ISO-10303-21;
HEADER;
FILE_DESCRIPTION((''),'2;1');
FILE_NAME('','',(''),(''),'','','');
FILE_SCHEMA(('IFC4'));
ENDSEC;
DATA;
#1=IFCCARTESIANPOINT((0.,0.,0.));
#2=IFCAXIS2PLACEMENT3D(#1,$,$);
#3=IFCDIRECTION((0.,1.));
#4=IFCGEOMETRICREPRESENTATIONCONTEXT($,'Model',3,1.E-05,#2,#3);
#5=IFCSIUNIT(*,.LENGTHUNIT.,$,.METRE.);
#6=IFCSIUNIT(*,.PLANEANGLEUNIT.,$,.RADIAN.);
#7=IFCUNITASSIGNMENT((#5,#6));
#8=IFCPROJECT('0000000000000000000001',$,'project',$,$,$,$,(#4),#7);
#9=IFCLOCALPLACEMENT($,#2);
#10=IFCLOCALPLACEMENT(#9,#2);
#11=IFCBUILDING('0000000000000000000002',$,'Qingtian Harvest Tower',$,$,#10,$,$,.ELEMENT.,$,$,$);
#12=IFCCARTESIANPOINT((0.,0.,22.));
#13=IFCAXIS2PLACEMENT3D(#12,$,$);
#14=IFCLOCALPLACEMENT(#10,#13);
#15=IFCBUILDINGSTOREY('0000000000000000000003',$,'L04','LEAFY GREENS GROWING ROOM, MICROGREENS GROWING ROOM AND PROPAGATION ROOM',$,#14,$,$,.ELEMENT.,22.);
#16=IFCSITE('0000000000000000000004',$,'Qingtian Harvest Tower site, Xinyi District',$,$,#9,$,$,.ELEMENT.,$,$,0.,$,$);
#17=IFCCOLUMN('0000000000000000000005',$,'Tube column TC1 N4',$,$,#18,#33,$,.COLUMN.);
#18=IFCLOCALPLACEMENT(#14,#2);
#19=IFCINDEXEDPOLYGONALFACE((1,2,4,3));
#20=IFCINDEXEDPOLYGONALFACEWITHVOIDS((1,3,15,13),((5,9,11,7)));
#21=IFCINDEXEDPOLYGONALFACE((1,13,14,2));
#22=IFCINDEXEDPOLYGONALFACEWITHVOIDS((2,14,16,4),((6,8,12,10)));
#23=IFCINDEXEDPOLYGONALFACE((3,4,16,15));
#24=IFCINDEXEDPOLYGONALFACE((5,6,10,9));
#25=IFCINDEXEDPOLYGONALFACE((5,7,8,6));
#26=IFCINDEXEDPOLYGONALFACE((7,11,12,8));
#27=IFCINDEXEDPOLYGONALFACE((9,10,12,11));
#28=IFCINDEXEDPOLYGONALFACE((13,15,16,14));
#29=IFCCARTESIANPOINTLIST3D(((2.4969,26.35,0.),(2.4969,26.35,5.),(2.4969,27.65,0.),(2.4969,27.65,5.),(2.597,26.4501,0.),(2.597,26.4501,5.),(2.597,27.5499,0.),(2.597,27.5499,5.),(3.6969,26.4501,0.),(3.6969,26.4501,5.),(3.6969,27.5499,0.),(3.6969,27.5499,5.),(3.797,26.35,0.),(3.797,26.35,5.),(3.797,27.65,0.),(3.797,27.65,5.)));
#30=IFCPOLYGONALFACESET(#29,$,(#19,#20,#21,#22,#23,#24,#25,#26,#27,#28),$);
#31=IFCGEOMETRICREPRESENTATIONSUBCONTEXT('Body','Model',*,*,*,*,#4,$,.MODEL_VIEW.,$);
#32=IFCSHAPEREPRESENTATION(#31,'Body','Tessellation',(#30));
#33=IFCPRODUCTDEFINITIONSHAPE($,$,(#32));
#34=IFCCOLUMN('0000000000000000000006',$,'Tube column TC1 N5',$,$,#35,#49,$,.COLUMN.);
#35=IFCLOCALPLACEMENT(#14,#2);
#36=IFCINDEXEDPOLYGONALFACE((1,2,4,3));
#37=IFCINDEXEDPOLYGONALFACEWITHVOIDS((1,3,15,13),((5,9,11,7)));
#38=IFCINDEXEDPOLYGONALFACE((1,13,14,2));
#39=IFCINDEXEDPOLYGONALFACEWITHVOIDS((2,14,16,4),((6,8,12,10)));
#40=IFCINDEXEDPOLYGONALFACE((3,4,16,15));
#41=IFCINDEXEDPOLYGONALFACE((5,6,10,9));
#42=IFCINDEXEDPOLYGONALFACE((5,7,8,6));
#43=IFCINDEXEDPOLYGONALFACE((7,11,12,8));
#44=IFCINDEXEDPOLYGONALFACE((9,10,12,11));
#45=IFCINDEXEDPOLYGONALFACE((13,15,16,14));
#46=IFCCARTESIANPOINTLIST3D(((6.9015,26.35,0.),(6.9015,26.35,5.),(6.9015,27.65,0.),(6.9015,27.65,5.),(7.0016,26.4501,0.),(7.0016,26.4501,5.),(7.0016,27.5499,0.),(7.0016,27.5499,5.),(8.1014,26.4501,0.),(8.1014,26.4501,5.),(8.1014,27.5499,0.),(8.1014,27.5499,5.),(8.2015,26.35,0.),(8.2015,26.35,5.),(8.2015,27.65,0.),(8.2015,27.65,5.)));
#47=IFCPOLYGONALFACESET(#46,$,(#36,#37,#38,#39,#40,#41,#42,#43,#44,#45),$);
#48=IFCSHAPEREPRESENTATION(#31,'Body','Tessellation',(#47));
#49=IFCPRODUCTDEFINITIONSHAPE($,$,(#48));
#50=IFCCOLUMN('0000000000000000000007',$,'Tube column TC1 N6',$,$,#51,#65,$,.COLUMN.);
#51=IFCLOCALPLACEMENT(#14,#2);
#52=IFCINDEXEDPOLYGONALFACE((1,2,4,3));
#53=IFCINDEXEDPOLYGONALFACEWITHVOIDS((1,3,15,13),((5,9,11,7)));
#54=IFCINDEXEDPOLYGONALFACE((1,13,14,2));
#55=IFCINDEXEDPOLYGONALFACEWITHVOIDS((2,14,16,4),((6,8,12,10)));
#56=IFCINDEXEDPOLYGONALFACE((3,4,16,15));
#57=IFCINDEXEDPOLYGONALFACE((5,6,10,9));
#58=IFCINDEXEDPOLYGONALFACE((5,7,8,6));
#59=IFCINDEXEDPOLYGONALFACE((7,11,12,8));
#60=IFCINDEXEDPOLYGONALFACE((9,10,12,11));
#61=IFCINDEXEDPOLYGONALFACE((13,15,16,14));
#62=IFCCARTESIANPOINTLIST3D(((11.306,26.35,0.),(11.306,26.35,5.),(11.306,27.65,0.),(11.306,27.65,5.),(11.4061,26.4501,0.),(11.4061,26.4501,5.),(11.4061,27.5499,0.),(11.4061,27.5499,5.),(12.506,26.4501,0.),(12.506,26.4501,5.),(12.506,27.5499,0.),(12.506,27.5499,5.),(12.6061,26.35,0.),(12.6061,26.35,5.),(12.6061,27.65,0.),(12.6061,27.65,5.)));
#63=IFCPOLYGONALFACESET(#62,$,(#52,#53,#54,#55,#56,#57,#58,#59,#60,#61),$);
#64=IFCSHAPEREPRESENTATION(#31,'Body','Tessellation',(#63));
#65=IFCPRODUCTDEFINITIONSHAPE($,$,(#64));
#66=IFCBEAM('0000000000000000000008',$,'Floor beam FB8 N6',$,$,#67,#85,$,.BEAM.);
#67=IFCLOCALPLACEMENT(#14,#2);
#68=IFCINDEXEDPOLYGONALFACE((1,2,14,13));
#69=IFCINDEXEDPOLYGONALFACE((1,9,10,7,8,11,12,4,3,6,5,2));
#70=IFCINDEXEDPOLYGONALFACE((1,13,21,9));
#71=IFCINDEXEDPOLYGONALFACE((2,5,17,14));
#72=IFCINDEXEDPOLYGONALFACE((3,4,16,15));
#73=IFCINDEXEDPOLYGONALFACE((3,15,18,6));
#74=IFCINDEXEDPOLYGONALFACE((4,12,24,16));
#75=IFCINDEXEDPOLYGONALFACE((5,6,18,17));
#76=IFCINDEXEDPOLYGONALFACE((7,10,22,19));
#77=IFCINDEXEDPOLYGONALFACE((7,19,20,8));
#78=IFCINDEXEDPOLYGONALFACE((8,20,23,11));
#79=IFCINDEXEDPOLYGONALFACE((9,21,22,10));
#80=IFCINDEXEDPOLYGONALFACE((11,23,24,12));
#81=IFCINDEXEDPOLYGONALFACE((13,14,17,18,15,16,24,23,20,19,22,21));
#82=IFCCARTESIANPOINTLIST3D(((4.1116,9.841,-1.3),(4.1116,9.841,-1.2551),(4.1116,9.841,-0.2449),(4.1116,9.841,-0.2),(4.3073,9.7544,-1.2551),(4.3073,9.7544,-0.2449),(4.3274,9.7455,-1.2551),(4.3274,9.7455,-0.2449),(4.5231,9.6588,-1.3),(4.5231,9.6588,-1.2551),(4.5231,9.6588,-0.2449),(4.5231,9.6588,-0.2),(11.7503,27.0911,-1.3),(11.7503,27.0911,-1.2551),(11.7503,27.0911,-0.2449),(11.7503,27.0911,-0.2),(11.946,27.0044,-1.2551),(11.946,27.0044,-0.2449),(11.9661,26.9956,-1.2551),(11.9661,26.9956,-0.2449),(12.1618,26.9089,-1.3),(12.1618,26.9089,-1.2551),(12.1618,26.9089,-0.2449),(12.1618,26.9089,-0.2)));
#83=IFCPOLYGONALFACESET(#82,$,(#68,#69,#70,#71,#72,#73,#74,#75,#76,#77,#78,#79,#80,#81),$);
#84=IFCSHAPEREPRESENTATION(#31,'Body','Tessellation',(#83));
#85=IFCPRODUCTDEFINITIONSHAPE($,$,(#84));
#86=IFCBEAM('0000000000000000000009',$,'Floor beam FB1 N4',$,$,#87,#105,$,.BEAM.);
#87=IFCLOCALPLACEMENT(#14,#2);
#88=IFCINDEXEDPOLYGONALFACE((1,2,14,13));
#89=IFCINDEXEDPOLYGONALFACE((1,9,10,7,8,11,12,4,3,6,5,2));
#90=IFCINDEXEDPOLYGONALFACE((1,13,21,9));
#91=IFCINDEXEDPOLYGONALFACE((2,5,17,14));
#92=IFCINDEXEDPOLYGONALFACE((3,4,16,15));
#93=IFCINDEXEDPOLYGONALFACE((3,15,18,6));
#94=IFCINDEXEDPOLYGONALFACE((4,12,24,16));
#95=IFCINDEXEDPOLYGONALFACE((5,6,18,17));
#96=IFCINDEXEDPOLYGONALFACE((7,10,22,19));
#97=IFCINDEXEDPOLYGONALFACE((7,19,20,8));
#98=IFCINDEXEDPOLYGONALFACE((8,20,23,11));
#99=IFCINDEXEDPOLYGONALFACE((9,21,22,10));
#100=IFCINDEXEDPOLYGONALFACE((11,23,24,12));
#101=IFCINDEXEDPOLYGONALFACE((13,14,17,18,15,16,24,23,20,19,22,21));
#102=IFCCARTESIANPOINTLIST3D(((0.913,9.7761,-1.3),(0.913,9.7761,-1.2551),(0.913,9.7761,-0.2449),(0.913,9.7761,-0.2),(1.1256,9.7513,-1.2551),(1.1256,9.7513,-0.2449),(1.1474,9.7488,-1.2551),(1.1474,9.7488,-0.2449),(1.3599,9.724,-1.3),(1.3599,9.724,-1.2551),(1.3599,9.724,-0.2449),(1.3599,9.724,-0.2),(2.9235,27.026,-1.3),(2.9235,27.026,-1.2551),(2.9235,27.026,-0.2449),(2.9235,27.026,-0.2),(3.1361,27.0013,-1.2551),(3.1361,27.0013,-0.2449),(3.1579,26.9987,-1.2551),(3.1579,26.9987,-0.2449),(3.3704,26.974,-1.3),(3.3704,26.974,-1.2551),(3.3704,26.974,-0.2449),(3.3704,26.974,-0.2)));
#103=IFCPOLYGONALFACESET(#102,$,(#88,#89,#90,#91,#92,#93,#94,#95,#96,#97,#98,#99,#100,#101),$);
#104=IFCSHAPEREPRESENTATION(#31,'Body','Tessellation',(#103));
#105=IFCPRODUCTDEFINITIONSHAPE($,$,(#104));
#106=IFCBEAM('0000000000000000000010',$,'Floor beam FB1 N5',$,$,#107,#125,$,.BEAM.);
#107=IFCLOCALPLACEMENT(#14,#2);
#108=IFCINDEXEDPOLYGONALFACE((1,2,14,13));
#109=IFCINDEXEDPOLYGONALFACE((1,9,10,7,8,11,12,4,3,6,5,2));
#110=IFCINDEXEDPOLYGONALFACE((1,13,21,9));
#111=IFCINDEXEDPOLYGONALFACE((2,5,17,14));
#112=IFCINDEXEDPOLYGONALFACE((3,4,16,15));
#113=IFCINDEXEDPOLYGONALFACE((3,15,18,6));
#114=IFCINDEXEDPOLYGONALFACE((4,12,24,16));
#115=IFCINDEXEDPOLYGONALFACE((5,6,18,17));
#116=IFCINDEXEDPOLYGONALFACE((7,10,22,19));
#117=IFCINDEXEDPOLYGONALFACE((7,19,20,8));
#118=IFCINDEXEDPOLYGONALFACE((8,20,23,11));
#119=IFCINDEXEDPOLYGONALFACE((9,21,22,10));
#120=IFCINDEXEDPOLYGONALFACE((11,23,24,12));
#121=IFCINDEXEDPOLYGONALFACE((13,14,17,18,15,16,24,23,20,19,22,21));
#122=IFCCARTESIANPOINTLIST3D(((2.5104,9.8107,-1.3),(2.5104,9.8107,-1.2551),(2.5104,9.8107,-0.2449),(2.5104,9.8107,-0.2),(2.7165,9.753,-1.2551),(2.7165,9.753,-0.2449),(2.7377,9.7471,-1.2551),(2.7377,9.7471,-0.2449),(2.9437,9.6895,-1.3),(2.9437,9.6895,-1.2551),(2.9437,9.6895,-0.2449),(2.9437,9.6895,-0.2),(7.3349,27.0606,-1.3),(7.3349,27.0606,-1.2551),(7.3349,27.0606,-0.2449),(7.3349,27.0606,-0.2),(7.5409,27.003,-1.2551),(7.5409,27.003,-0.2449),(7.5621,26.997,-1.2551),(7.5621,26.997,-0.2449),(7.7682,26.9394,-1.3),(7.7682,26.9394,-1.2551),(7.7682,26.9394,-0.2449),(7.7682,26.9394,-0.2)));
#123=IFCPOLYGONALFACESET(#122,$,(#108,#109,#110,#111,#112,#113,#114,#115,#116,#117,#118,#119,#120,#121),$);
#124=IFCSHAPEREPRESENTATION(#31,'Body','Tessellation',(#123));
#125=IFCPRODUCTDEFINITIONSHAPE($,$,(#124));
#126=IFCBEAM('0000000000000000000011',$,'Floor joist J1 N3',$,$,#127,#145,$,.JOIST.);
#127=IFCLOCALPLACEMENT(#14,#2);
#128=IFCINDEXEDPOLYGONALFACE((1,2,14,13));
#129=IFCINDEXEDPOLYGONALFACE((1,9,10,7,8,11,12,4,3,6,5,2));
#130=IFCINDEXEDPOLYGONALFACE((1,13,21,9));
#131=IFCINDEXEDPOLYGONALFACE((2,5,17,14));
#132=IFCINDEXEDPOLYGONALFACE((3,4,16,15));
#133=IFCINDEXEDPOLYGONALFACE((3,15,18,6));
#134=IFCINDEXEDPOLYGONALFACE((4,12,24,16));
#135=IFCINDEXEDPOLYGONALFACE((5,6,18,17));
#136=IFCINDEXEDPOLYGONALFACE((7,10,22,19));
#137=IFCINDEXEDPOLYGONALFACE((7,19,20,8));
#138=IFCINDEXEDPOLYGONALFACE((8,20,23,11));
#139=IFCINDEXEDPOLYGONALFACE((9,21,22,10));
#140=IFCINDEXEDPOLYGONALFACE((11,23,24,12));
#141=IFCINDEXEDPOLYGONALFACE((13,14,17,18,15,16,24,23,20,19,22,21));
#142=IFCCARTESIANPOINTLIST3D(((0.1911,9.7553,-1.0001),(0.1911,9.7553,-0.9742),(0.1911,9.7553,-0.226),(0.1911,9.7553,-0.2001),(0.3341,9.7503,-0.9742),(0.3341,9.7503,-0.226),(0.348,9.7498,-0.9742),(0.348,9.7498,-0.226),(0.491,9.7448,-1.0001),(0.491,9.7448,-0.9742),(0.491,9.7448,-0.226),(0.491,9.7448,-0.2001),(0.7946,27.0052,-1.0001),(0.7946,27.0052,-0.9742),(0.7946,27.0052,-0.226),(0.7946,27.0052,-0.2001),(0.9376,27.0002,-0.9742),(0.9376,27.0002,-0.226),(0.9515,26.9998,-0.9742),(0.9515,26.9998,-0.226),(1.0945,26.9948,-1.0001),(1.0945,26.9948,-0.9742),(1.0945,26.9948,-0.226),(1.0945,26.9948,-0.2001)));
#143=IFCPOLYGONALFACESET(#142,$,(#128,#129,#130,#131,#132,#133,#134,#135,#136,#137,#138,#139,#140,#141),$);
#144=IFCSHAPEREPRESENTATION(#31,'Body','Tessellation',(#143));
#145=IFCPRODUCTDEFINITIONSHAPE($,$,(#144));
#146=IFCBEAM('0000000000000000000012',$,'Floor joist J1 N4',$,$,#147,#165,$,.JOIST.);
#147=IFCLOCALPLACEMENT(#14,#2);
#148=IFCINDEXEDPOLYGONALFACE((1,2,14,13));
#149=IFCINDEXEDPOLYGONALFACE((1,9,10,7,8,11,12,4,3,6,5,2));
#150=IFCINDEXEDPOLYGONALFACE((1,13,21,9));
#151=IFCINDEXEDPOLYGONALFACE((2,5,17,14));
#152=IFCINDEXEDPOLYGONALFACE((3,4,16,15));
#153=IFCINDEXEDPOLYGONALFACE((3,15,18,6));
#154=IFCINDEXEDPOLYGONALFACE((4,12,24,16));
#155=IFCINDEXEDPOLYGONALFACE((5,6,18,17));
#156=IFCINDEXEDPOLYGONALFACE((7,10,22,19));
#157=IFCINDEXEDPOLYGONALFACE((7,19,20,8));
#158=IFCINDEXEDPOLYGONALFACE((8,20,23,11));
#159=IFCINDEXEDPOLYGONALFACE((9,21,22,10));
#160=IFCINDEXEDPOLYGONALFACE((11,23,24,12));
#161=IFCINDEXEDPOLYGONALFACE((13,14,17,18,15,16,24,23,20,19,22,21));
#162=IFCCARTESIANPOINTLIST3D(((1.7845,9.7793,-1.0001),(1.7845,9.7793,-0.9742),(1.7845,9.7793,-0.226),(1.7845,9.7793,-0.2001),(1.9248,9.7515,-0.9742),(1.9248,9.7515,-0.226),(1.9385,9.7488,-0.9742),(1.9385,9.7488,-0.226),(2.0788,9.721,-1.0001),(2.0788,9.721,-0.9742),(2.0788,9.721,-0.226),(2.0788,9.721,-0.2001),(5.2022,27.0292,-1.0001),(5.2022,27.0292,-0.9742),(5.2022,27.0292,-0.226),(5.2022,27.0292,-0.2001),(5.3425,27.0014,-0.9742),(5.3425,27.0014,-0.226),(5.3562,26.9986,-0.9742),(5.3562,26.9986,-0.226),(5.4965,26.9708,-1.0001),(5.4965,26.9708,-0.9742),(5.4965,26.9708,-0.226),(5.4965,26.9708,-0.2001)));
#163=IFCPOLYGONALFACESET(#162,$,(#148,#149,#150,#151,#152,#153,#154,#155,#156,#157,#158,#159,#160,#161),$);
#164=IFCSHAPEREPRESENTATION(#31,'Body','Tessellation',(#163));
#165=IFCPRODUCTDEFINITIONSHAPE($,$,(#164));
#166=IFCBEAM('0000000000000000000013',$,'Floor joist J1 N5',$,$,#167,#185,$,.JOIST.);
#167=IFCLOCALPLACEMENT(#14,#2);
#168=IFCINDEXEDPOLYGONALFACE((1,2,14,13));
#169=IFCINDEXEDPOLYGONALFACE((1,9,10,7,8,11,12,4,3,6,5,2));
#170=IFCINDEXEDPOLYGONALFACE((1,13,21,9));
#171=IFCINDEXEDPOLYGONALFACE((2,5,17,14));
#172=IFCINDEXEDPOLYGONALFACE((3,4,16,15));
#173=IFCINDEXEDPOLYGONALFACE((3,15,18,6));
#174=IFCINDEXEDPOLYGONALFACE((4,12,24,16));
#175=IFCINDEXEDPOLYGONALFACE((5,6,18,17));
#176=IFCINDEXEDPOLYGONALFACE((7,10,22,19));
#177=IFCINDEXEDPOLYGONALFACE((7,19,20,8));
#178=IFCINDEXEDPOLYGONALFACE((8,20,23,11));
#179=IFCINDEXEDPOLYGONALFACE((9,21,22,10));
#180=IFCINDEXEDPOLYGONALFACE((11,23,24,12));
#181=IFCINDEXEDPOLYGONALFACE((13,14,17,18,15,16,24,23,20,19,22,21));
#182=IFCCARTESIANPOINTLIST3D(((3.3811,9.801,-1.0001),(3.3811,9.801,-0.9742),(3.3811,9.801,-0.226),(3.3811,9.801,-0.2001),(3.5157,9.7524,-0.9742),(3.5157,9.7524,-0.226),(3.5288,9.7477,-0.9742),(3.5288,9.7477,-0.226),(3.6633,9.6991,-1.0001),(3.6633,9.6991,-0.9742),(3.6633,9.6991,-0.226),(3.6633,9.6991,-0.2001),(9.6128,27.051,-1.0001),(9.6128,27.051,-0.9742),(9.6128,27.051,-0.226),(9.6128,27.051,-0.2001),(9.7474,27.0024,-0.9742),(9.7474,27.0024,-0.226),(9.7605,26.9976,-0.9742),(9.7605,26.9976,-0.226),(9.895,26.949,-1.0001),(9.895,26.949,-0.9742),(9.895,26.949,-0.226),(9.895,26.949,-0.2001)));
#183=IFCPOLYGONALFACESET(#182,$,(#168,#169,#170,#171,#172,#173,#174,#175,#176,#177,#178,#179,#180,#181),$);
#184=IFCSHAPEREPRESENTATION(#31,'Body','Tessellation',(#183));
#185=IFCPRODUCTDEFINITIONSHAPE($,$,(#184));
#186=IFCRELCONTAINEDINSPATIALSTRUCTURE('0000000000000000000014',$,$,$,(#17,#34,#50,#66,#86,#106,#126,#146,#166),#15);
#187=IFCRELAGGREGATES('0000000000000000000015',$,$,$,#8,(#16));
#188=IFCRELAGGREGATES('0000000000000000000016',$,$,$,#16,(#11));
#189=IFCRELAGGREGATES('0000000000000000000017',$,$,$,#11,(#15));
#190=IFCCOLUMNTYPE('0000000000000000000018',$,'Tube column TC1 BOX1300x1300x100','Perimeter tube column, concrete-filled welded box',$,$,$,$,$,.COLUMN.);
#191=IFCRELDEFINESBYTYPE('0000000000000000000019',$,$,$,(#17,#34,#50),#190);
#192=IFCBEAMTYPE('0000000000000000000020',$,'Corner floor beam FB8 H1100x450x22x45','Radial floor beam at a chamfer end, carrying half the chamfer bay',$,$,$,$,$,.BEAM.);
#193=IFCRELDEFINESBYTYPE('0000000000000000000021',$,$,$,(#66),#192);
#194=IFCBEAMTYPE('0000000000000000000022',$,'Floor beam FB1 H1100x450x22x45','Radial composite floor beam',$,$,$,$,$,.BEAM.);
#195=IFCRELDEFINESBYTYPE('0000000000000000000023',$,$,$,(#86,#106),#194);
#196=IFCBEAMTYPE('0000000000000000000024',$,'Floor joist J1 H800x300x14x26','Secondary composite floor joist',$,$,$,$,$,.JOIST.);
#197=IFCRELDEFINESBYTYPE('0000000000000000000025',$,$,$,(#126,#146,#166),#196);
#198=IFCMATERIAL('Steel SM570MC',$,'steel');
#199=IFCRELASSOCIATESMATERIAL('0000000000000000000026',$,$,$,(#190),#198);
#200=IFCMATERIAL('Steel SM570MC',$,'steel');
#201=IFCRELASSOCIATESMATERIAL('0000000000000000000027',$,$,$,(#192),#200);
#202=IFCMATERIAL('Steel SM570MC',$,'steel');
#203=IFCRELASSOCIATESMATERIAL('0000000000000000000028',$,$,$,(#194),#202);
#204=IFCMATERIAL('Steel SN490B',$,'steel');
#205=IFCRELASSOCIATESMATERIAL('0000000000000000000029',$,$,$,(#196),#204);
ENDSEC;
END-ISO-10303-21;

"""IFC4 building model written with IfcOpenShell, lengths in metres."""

from ifc_helpers import new_model, si_unit, direction, frame, origin, origin_2d, place, context, subcontext, project, spatial, hollow_rectangle, i_section, extrude, material, material_profile, profile_set, type_object, element, save


model = new_model("IFC4")

# Units and contexts
model_context = context("Model", 3, precision=1e-05, world=origin(), true_north=direction((0.0, 1.0)))
body_context = subcontext(model_context, "Body", "Model", "MODEL_VIEW")
ifc_project = project(units=[si_unit("LENGTHUNIT", "METRE"), si_unit("PLANEANGLEUNIT", "RADIAN")], contexts=[model_context])

# Site, building, storey
site_placement = place(None, origin())
site = spatial("IfcSite", under=ifc_project, at=site_placement, Name="Qingtian Harvest Tower site, Xinyi District", CompositionType="ELEMENT", RefElevation=0.0)
building_placement = place(site_placement, origin())
building = spatial("IfcBuilding", under=site, at=building_placement, Name="Qingtian Harvest Tower", CompositionType="ELEMENT")
storey_placement = place(building_placement, frame((0.0, 0.0, 22.0)))
storey = spatial("IfcBuildingStorey", under=building, at=storey_placement, Name="L04", Description="LEAFY GREENS GROWING ROOM, MICROGREENS GROWING ROOM AND PROPAGATION ROOM", CompositionType="ELEMENT", Elevation=22.0)

# Columns
ifc_material_1 = material(Name="Steel SM570MC", Category="steel")
ifc_material_profile_1 = material_profile(ifc_material_1, hollow_rectangle(XDim=1.3, YDim=1.3, WallThickness=0.1001, at=origin_2d()), Name="BOX1300x1300x100")
ifc_profile_set_1 = profile_set([ifc_material_profile_1], Name="Steel SM570MC")
column_type = type_object("IfcColumnType", Name="Tube column TC1 BOX1300x1300x100", Description="Perimeter tube column, concrete-filled welded box", PredefinedType="COLUMN", material=ifc_profile_set_1)
for number, where, z_axis, x_axis, name in (
    (1, (3.147, 27.0, 0.0), (0.0, 0.0, 1.0), (-1.0, 0.0, 0.0), "Tube column TC1 N4"),
    (2, (7.5515, 27.0, 0.0), (0.0, 0.0, 1.0), (-1.0, 0.0, 0.0), "Tube column TC1 N5"),
    (3, (11.9561, 27.0, 0.0), (0.0, 0.0, 1.0), (-1.0, 0.0, 0.0), "Tube column TC1 N6"),
):
    element("IfcColumn", number, at=place(storey_placement, frame(where, z_axis=z_axis, x_axis=x_axis)), inside=storey, type_object=column_type, Name=name, PredefinedType="COLUMN", context=body_context, shape_type="SweptSolid", body=[
        extrude(hollow_rectangle(XDim=1.3, YDim=1.3, WallThickness=0.1001, at=origin_2d()), origin(), (0.0, 0.0, 1.0), 5.0),
    ])

# Beams
ifc_material_2 = material(Name="Steel SM570MC", Category="steel")
ifc_material_profile_2 = material_profile(ifc_material_2, i_section(OverallWidth=0.45, OverallDepth=1.1001, WebThickness=0.022, FlangeThickness=0.0449, at=origin_2d()), Name="H1100x450x22x45")
ifc_profile_set_2 = profile_set([ifc_material_profile_2], Name="Steel SM570MC")
beam_type_1 = type_object("IfcBeamType", Name="Corner floor beam FB8 H1100x450x22x45", Description="Radial floor beam at a chamfer end, carrying half the chamfer bay", PredefinedType="BEAM", material=ifc_profile_set_2)
beam_1_placement = place(storey_placement, frame((11.9561, 27.0, -0.75), z_axis=(-0.404899, -0.914361, 0.0), x_axis=(0.914361, -0.404899, 0.0)))
element("IfcBeam", 4, at=beam_1_placement, inside=storey, type_object=beam_type_1, Name="Floor beam FB8 N6", PredefinedType="BEAM", context=body_context, shape_type="SweptSolid", body=[
    extrude(i_section(OverallWidth=0.45, OverallDepth=1.1001, WebThickness=0.022, FlangeThickness=0.0449, at=origin_2d()), origin(), (0.0, 0.0, 1.0), 18.8657),
])
ifc_material_3 = material(Name="Steel SM570MC", Category="steel")
ifc_material_profile_3 = material_profile(ifc_material_3, i_section(OverallWidth=0.45, OverallDepth=1.1001, WebThickness=0.022, FlangeThickness=0.0449, at=origin_2d()), Name="H1100x450x22x45")
ifc_profile_set_3 = profile_set([ifc_material_profile_3], Name="Steel SM570MC")
beam_type_2 = type_object("IfcBeamType", Name="Floor beam FB1 H1100x450x22x45", Description="Radial composite floor beam", PredefinedType="BEAM", material=ifc_profile_set_3)
beam_2_placement = place(storey_placement, frame((3.147, 27.0, -0.75), z_axis=(-0.115767, -0.993276, 0.0), x_axis=(0.993276, -0.115767, 0.0)))
element("IfcBeam", 5, at=beam_2_placement, inside=storey, type_object=beam_type_2, Name="Floor beam FB1 N4", PredefinedType="BEAM", context=body_context, shape_type="SweptSolid", body=[
    extrude(i_section(OverallWidth=0.45, OverallDepth=1.1001, WebThickness=0.022, FlangeThickness=0.0449, at=origin_2d()), origin(), (0.0, 0.0, 1.0), 17.3667),
])
beam_3_placement = place(storey_placement, frame((7.5515, 27.0, -0.75), z_axis=(-0.269343, -0.963044, 0.0), x_axis=(0.963044, -0.269343, 0.0)))
element("IfcBeam", 6, at=beam_3_placement, inside=storey, type_object=beam_type_2, Name="Floor beam FB1 N5", PredefinedType="BEAM", context=body_context, shape_type="SweptSolid", body=[
    extrude(i_section(OverallWidth=0.45, OverallDepth=1.1001, WebThickness=0.022, FlangeThickness=0.0449, at=origin_2d()), origin(), (0.0, 0.0, 1.0), 17.9119),
])
ifc_material_4 = material(Name="Steel SN490B", Category="steel")
ifc_material_profile_4 = material_profile(ifc_material_4, i_section(OverallWidth=0.3, OverallDepth=0.8, WebThickness=0.0139, FlangeThickness=0.0259, at=origin_2d()), Name="H800x300x14x26")
ifc_profile_set_4 = profile_set([ifc_material_profile_4], Name="Steel SN490B")
beam_type_3 = type_object("IfcBeamType", Name="Floor joist J1 H800x300x14x26", Description="Secondary composite floor joist", PredefinedType="JOIST", material=ifc_profile_set_4)
beam_4_placement = place(storey_placement, frame((0.9446, 27.0, -0.6001), z_axis=(-0.034965, -0.999389, 0.0), x_axis=(0.999389, -0.034965, 0.0)))
element("IfcBeam", 7, at=beam_4_placement, inside=storey, type_object=beam_type_3, Name="Floor joist J1 N3", PredefinedType="JOIST", context=body_context, shape_type="SweptSolid", body=[
    extrude(i_section(OverallWidth=0.3, OverallDepth=0.8, WebThickness=0.0139, FlangeThickness=0.0259, at=origin_2d()), origin(), (0.0, 0.0, 1.0), 17.2605),
])
beam_5_placement = place(storey_placement, frame((5.3494, 27.0, -0.6001), z_axis=(-0.194351, -0.980932, 0.0), x_axis=(0.980932, -0.194351, 0.0)))
element("IfcBeam", 8, at=beam_5_placement, inside=storey, type_object=beam_type_3, Name="Floor joist J1 N4", PredefinedType="JOIST", context=body_context, shape_type="SweptSolid", body=[
    extrude(i_section(OverallWidth=0.3, OverallDepth=0.8, WebThickness=0.0139, FlangeThickness=0.0259, at=origin_2d()), origin(), (0.0, 0.0, 1.0), 17.5852),
])
beam_6_placement = place(storey_placement, frame((9.7539, 27.0, -0.6001), z_axis=(-0.339766, -0.94051, 0.0), x_axis=(0.94051, -0.339766, 0.0)))
element("IfcBeam", 9, at=beam_6_placement, inside=storey, type_object=beam_type_3, Name="Floor joist J1 N5", PredefinedType="JOIST", context=body_context, shape_type="SweptSolid", body=[
    extrude(i_section(OverallWidth=0.3, OverallDepth=0.8, WebThickness=0.0139, FlangeThickness=0.0259, at=origin_2d()), origin(), (0.0, 0.0, 1.0), 18.3411),
])

save(model, "model.ifc")
